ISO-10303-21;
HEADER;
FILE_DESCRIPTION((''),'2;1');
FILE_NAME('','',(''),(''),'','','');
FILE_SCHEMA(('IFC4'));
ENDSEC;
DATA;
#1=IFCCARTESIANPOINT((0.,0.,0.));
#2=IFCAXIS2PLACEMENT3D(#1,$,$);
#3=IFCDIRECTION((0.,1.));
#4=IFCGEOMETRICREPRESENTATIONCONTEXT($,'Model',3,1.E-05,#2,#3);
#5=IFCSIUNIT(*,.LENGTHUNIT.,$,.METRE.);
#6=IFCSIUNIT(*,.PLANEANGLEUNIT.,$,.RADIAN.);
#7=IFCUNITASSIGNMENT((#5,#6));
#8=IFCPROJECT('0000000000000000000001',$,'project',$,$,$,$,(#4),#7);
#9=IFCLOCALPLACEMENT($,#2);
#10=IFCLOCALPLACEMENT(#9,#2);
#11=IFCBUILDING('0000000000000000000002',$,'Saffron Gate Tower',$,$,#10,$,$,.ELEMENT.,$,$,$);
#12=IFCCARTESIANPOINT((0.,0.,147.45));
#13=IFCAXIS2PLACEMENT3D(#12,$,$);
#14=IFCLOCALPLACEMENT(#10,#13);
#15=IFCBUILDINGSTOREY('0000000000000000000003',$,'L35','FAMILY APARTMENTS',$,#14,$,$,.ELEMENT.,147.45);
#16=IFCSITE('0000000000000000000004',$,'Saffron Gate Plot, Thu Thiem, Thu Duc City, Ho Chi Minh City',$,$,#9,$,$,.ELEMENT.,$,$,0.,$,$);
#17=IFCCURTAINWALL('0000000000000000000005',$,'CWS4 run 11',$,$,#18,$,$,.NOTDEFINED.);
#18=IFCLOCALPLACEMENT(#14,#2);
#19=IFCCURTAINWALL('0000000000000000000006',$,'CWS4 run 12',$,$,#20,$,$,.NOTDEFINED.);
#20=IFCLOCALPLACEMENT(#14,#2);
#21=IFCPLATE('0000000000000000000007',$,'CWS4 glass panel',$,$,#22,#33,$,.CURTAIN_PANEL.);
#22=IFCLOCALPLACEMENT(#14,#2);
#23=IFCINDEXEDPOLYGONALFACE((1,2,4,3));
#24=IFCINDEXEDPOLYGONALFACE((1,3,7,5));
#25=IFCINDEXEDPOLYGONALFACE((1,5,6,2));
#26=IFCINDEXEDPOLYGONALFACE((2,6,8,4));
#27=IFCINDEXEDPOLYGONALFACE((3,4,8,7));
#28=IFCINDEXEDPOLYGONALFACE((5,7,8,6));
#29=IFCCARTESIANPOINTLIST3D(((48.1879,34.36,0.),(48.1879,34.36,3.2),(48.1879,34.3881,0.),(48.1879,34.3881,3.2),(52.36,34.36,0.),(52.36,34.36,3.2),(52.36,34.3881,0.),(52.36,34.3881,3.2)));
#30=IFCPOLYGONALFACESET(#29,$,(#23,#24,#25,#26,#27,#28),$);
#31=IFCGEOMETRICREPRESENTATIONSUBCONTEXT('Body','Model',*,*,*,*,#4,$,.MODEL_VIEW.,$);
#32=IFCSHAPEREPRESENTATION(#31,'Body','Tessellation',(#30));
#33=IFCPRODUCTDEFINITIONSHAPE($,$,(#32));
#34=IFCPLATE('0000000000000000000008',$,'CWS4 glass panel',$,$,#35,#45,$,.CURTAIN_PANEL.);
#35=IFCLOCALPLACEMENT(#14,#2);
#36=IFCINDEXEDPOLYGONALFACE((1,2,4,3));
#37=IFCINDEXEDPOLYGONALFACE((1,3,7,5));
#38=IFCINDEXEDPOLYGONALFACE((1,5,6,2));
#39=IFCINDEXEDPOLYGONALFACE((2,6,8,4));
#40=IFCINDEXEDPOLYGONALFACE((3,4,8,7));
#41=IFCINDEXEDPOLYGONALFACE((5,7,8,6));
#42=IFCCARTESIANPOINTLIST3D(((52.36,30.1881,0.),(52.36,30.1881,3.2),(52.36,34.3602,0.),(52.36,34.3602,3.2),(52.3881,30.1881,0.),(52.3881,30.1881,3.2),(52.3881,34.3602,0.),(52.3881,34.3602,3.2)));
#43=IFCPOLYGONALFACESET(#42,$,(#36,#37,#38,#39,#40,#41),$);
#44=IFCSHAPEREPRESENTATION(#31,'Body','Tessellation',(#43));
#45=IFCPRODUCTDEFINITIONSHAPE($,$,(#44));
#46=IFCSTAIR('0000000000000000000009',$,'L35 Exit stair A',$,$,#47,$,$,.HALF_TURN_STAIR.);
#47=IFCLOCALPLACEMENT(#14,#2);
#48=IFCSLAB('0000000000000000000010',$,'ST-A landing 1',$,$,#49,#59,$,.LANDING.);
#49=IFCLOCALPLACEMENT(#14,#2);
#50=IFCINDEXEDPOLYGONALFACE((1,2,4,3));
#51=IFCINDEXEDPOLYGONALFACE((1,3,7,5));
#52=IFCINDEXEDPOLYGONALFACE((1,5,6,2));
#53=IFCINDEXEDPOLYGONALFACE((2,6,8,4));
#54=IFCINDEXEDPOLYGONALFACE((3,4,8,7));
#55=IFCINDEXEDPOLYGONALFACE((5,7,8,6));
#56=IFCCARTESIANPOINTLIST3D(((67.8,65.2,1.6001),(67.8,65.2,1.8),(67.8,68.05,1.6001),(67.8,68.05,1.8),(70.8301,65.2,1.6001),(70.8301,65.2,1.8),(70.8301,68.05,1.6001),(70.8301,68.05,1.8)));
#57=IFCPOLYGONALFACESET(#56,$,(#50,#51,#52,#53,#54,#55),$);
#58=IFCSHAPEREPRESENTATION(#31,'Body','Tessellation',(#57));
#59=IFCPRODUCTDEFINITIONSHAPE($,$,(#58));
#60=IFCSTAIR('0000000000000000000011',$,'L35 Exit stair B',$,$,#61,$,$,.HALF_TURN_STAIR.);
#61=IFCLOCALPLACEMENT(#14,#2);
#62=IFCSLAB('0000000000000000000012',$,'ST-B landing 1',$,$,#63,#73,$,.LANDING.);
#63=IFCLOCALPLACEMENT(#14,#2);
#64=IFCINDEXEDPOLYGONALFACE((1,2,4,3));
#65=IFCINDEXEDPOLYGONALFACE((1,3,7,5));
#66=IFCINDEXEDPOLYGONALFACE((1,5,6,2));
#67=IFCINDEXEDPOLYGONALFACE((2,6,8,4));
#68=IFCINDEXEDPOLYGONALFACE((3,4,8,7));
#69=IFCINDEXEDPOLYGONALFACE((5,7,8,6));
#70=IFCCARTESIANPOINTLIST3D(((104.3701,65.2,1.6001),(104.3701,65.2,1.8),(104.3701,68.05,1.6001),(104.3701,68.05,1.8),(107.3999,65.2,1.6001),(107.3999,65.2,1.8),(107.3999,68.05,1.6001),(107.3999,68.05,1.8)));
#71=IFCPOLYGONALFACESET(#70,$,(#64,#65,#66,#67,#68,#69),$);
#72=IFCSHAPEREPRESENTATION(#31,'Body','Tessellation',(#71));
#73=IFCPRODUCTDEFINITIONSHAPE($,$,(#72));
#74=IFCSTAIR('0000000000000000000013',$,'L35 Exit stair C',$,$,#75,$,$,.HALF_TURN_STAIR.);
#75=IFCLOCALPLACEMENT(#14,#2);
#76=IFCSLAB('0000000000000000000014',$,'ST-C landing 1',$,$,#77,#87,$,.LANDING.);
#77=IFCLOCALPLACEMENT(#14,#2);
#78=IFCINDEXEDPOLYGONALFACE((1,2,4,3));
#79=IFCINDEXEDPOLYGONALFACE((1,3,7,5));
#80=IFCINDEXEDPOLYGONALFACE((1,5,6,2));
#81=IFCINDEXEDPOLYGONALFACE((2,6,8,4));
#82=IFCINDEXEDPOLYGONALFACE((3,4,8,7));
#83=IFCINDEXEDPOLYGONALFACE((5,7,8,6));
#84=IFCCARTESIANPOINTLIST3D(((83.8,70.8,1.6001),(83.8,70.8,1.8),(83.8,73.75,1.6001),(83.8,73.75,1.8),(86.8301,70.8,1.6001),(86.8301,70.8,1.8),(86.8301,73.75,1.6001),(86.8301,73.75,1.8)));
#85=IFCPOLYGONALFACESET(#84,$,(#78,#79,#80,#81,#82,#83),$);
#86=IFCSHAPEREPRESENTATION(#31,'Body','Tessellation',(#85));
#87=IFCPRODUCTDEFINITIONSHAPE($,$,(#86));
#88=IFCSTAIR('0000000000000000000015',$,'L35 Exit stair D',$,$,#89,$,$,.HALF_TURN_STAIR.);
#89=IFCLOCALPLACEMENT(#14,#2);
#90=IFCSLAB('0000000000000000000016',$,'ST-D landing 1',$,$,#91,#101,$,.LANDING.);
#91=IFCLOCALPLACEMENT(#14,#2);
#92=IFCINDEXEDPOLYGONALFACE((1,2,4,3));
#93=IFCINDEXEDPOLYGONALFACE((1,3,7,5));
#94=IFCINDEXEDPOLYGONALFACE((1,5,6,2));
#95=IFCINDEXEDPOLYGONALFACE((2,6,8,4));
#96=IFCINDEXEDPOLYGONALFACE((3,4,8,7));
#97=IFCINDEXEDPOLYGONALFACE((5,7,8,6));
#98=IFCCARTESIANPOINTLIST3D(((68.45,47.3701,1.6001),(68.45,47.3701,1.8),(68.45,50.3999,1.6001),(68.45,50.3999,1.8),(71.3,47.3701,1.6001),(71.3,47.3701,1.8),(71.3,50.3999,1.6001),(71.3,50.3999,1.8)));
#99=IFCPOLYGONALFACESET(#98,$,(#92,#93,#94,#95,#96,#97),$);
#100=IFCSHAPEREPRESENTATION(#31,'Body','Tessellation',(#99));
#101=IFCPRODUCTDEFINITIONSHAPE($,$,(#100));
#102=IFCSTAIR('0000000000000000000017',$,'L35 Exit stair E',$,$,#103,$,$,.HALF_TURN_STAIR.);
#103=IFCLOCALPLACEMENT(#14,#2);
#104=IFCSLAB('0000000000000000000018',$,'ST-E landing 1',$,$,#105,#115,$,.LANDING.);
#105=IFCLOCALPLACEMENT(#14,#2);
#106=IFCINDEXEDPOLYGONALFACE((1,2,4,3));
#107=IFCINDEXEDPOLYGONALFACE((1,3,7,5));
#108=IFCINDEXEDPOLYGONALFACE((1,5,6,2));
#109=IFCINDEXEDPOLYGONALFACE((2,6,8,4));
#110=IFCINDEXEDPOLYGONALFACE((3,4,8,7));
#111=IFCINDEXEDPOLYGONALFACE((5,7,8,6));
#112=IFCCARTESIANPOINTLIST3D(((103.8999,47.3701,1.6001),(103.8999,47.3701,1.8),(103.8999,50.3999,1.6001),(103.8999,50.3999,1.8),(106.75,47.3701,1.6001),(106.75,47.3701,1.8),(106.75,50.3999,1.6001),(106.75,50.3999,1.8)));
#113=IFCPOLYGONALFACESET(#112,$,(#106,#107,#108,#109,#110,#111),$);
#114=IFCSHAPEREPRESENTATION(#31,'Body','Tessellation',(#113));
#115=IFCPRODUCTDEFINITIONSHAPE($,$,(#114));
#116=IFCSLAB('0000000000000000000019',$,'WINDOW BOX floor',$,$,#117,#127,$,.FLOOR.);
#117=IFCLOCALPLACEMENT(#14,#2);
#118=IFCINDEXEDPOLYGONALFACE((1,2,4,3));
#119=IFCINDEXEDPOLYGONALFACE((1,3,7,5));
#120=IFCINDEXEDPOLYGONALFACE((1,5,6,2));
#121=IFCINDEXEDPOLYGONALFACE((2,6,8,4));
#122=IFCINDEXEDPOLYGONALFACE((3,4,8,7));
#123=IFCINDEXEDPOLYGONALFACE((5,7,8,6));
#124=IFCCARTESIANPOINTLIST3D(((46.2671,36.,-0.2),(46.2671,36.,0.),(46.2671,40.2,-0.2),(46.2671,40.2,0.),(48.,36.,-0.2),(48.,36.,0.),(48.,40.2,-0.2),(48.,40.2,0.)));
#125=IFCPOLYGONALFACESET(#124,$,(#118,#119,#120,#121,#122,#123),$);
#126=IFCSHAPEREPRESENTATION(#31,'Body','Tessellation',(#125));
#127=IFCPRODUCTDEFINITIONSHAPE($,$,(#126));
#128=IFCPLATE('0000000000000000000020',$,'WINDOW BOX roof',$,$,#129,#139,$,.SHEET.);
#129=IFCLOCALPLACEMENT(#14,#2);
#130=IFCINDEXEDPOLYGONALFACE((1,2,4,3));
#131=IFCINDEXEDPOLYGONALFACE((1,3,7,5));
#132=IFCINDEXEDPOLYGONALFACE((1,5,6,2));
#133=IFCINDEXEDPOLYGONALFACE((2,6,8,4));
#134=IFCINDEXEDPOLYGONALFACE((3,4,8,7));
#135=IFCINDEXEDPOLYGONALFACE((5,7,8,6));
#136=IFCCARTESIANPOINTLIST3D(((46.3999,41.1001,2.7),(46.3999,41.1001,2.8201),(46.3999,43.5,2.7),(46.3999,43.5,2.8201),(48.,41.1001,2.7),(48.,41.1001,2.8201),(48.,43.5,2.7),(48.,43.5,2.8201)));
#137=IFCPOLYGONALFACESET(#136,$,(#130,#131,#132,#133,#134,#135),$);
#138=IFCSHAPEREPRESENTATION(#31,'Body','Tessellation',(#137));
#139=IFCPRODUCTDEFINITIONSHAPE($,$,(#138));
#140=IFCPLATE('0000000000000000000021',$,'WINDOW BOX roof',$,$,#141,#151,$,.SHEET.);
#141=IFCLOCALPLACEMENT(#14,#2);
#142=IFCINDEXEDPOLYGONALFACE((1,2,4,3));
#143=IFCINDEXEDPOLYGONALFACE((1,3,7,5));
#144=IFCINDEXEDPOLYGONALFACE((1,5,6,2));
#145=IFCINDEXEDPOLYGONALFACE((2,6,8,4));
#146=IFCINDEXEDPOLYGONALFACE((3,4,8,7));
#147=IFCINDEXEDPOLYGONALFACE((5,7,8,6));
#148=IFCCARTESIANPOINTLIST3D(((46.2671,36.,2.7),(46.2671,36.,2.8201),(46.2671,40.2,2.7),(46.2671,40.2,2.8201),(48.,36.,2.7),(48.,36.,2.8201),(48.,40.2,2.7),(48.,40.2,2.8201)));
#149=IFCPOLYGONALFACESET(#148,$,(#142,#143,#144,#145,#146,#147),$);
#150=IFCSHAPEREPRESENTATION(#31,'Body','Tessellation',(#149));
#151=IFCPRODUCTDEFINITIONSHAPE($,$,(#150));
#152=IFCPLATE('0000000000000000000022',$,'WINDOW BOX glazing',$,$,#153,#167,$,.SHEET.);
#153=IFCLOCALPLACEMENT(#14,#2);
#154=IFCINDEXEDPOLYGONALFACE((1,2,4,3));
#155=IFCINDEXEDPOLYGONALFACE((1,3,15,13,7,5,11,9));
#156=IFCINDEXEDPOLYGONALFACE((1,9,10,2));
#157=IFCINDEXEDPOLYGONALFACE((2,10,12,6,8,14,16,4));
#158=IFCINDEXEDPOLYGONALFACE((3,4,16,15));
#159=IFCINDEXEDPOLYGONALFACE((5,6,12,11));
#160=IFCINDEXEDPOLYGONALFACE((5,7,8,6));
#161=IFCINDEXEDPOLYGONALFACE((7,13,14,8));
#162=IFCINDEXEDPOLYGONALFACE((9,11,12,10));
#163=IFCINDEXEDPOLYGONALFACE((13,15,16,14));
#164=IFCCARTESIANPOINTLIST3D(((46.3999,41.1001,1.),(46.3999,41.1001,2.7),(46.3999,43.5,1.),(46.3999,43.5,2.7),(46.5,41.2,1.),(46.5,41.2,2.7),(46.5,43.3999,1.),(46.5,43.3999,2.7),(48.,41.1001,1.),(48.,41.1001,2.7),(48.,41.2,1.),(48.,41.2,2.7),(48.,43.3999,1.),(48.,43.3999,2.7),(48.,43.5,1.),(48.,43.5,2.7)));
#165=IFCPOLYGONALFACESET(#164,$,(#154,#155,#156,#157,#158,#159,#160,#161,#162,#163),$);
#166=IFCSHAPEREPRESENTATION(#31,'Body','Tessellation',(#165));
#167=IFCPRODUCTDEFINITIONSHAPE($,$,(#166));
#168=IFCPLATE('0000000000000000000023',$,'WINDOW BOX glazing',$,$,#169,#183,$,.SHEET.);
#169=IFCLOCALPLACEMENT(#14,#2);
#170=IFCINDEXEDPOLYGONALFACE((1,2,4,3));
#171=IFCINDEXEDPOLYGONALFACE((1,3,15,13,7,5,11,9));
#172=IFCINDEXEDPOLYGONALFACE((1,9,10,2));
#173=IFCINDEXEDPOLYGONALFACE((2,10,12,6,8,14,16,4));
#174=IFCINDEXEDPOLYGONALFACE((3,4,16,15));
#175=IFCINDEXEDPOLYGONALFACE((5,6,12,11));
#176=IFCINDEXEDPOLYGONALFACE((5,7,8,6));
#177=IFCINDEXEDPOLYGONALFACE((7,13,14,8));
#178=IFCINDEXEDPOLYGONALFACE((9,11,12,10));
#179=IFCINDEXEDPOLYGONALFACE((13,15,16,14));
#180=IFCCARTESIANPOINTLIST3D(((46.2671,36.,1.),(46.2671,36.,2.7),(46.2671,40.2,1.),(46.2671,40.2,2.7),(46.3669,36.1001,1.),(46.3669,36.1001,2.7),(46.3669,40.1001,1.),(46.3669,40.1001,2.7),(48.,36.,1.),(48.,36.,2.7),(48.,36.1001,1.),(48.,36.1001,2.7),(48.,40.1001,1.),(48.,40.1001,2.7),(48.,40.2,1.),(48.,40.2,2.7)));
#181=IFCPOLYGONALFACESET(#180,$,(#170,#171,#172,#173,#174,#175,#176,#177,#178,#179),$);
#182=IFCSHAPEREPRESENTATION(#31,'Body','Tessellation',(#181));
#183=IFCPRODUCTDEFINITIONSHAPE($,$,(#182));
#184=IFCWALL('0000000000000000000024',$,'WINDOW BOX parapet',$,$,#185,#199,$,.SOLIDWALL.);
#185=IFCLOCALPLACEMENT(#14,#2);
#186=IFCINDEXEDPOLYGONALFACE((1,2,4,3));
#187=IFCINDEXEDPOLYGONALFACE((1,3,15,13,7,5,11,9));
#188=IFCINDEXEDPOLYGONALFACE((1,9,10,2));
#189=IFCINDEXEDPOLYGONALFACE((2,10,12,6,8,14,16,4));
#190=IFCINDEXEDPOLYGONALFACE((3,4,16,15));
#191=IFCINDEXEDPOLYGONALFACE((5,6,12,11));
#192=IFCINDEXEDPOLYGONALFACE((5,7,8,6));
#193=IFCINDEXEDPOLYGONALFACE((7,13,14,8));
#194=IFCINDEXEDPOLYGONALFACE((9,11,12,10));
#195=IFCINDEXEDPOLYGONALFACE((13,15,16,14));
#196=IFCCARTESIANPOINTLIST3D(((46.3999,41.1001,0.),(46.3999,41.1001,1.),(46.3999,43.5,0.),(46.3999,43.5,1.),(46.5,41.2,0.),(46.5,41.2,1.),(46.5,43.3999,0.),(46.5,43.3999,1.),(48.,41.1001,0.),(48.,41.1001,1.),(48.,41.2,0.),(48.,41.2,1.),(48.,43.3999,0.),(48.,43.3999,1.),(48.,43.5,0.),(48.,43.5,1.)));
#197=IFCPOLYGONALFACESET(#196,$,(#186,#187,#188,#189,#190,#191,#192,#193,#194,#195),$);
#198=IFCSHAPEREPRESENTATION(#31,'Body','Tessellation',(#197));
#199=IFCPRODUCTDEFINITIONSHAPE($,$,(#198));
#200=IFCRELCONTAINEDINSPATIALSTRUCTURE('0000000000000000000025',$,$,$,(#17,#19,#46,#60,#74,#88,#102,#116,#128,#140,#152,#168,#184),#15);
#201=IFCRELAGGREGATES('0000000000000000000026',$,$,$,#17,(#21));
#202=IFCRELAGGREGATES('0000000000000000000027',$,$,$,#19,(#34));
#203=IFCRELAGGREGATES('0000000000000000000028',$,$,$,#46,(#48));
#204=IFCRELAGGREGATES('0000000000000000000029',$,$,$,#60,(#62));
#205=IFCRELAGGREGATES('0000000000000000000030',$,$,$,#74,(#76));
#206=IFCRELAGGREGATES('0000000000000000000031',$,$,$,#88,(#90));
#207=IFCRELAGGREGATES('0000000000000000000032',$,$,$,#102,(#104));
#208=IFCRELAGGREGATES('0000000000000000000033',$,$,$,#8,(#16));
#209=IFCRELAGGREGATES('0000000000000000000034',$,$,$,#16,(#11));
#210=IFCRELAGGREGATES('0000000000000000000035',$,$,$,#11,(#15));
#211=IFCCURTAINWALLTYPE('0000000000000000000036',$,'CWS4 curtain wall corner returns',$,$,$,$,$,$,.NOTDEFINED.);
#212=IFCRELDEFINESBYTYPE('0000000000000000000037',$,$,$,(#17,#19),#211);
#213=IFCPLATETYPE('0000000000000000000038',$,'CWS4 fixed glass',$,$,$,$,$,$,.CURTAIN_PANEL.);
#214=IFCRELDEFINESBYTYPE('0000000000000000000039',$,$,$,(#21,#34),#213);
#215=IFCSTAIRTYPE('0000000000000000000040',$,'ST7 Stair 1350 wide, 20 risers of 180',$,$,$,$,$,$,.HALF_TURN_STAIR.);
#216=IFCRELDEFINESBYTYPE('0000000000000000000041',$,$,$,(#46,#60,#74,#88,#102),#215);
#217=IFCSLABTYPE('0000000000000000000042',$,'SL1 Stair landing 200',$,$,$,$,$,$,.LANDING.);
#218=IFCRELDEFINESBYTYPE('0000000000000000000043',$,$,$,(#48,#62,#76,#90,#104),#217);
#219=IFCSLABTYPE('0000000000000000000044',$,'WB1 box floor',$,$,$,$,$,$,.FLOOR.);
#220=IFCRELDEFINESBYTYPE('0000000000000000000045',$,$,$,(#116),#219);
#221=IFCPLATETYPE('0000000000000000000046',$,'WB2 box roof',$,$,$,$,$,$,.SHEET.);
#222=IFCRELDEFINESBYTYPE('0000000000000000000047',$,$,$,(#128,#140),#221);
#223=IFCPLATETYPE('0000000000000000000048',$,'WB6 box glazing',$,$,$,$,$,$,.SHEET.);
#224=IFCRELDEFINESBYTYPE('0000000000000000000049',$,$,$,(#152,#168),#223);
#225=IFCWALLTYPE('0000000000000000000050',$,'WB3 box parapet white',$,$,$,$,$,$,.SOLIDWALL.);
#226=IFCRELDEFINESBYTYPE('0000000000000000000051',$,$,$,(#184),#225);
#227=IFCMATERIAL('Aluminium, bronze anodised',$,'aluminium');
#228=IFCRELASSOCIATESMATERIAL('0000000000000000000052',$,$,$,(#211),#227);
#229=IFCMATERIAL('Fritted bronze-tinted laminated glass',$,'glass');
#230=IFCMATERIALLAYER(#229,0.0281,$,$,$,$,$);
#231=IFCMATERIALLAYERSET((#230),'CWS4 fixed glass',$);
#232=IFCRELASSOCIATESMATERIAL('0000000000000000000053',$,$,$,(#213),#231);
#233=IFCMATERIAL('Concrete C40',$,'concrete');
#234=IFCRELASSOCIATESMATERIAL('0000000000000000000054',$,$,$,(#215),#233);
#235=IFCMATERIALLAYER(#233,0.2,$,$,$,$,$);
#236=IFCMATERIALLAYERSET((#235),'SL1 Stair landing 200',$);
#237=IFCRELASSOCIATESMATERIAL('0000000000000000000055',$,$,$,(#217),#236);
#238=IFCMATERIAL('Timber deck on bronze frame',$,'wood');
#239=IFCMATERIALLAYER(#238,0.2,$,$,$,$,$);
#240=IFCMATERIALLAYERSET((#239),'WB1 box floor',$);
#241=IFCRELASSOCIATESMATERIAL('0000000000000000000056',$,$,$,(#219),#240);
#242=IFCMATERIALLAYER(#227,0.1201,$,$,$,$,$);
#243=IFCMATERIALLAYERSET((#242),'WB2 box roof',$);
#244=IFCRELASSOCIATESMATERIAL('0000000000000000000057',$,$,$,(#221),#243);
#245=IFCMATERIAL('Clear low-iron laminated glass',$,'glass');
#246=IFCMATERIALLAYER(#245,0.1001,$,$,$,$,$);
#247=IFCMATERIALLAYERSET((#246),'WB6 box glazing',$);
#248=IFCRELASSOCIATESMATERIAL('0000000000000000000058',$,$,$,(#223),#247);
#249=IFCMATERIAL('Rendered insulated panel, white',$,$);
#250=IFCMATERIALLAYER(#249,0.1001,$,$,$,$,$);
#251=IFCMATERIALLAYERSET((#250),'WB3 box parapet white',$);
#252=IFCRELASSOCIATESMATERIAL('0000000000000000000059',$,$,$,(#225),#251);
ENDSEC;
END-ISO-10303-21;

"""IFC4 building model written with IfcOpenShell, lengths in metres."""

from ifc_helpers import new_model, si_unit, direction, frame, frame_2d, origin, place, context, subcontext, project, spatial, polyline, rectangle, outline, extrude, material, layer, layer_set, type_object, element, aggregate, save


model = new_model("IFC4")

# Units and contexts
model_context = context("Model", 3, precision=1e-05, world=origin(), true_north=direction((0.0, 1.0)))
body_context = subcontext(model_context, "Body", "Model", "MODEL_VIEW")
ifc_project = project(units=[si_unit("LENGTHUNIT", "METRE"), si_unit("PLANEANGLEUNIT", "RADIAN")], contexts=[model_context])

# Site, building, storey
site_placement = place(None, origin())
site = spatial("IfcSite", under=ifc_project, at=site_placement, Name="Saffron Gate Plot, Thu Thiem, Thu Duc City, Ho Chi Minh City", CompositionType="ELEMENT", RefElevation=0.0)
building_placement = place(site_placement, origin())
building = spatial("IfcBuilding", under=site, at=building_placement, Name="Saffron Gate Tower", CompositionType="ELEMENT")
storey_placement = place(building_placement, frame((0.0, 0.0, 147.45)))
storey = spatial("IfcBuildingStorey", under=building, at=storey_placement, Name="L35", Description="FAMILY APARTMENTS", CompositionType="ELEMENT", Elevation=147.45)

# Shared definitions
ifc_material_1 = material(Name="Aluminium, bronze anodised", Category="aluminium")

# Curtain walls
curtain_wall_type_1 = type_object("IfcCurtainWallType", Name="CWS4 curtain wall corner returns", PredefinedType="NOTDEFINED", material=ifc_material_1)
curtain_wall_1_placement = place(storey_placement, origin())
curtain_wall_1 = element("IfcCurtainWall", 1, at=curtain_wall_1_placement, inside=storey, type_object=curtain_wall_type_1, Name="CWS4 run 11", PredefinedType="NOTDEFINED")
curtain_wall_2_placement = place(storey_placement, origin())
curtain_wall_2 = element("IfcCurtainWall", 2, at=curtain_wall_2_placement, inside=storey, type_object=curtain_wall_type_1, Name="CWS4 run 12", PredefinedType="NOTDEFINED")

# Shared definitions
ifc_material_2 = material(Name="Fritted bronze-tinted laminated glass", Category="glass")

# Plates
ifc_layer_1 = layer(ifc_material_2, 0.0281)
ifc_layer_set_1 = layer_set([ifc_layer_1], Name="CWS4 fixed glass")
plate_type_1 = type_object("IfcPlateType", Name="CWS4 fixed glass", PredefinedType="CURTAIN_PANEL", material=ifc_layer_set_1)
plate_1_placement = place(storey_placement, frame((48.188, 34.374, 0.0), z_axis=(0.0, 0.0, 1.0), x_axis=(1.0, 0.0, 0.0)))
plate_1 = element("IfcPlate", 3, at=plate_1_placement, type_object=plate_type_1, Name="CWS4 glass panel", PredefinedType="CURTAIN_PANEL", context=body_context, shape_type="SweptSolid", body=[
    extrude(rectangle(XDim=4.1721, YDim=0.0281, at=frame_2d((2.0859, 0.0))), origin(), (0.0, 0.0, 1.0), 3.2),
])
aggregate(curtain_wall_1, [plate_1])
plate_2_placement = place(storey_placement, frame((52.374, 34.3601, 0.0), z_axis=(0.0, 0.0, 1.0), x_axis=(0.0, -1.0, 0.0)))
plate_2 = element("IfcPlate", 4, at=plate_2_placement, type_object=plate_type_1, Name="CWS4 glass panel", PredefinedType="CURTAIN_PANEL", context=body_context, shape_type="SweptSolid", body=[
    extrude(rectangle(XDim=4.1721, YDim=0.0281, at=frame_2d((2.0859, 0.0))), origin(), (0.0, 0.0, 1.0), 3.2),
])
aggregate(curtain_wall_2, [plate_2])

# Stairs, slabs
ifc_material_3 = material(Name="Concrete C40", Category="concrete")
stair_type = type_object("IfcStairType", Name="ST7 Stair 1350 wide, 20 risers of 180", PredefinedType="HALF_TURN_STAIR", material=ifc_material_3)
stair_1_placement = place(storey_placement, origin())
stair_1 = element("IfcStair", 5, at=stair_1_placement, inside=storey, type_object=stair_type, Name="L35 Exit stair A", PredefinedType="HALF_TURN_STAIR")
ifc_layer_2 = layer(ifc_material_3, 0.2)
ifc_layer_set_2 = layer_set([ifc_layer_2], Name="SL1 Stair landing 200")
slab_type_1 = type_object("IfcSlabType", Name="SL1 Stair landing 200", PredefinedType="LANDING", material=ifc_layer_set_2)
slab_1_placement = place(storey_placement, frame((0.0, 0.0, 1.6001)))
slab_1 = element("IfcSlab", 6, at=slab_1_placement, type_object=slab_type_1, Name="ST-A landing 1", PredefinedType="LANDING", context=body_context, shape_type="SweptSolid", body=[
    extrude(outline(polyline([(70.8301, 68.05), (67.8, 68.05), (67.8, 65.2), (70.8301, 65.2), (70.8301, 68.05)])), origin(), (0.0, 0.0, 1.0), 0.2),
])
aggregate(stair_1, [slab_1])
stair_2_placement = place(storey_placement, origin())
stair_2 = element("IfcStair", 7, at=stair_2_placement, inside=storey, type_object=stair_type, Name="L35 Exit stair B", PredefinedType="HALF_TURN_STAIR")
slab_2_placement = place(storey_placement, frame((0.0, 0.0, 1.6001)))
slab_2 = element("IfcSlab", 8, at=slab_2_placement, type_object=slab_type_1, Name="ST-B landing 1", PredefinedType="LANDING", context=body_context, shape_type="SweptSolid", body=[
    extrude(outline(polyline([(104.3701, 65.2), (107.3999, 65.2), (107.3999, 68.05), (104.3701, 68.05), (104.3701, 65.2)])), origin(), (0.0, 0.0, 1.0), 0.2),
])
aggregate(stair_2, [slab_2])
stair_3_placement = place(storey_placement, origin())
stair_3 = element("IfcStair", 9, at=stair_3_placement, inside=storey, type_object=stair_type, Name="L35 Exit stair C", PredefinedType="HALF_TURN_STAIR")
slab_3_placement = place(storey_placement, frame((0.0, 0.0, 1.6001)))
slab_3 = element("IfcSlab", 10, at=slab_3_placement, type_object=slab_type_1, Name="ST-C landing 1", PredefinedType="LANDING", context=body_context, shape_type="SweptSolid", body=[
    extrude(outline(polyline([(86.8301, 73.75), (83.8, 73.75), (83.8, 70.8), (86.8301, 70.8), (86.8301, 73.75)])), origin(), (0.0, 0.0, 1.0), 0.2),
])
aggregate(stair_3, [slab_3])
stair_4_placement = place(storey_placement, origin())
stair_4 = element("IfcStair", 11, at=stair_4_placement, inside=storey, type_object=stair_type, Name="L35 Exit stair D", PredefinedType="HALF_TURN_STAIR")
slab_4_placement = place(storey_placement, frame((0.0, 0.0, 1.6001)))
slab_4 = element("IfcSlab", 12, at=slab_4_placement, type_object=slab_type_1, Name="ST-D landing 1", PredefinedType="LANDING", context=body_context, shape_type="SweptSolid", body=[
    extrude(outline(polyline([(71.3, 47.3701), (71.3, 50.3999), (68.45, 50.3999), (68.45, 47.3701), (71.3, 47.3701)])), origin(), (0.0, 0.0, 1.0), 0.2),
])
aggregate(stair_4, [slab_4])
stair_5_placement = place(storey_placement, origin())
stair_5 = element("IfcStair", 13, at=stair_5_placement, inside=storey, type_object=stair_type, Name="L35 Exit stair E", PredefinedType="HALF_TURN_STAIR")
slab_5_placement = place(storey_placement, frame((0.0, 0.0, 1.6001)))
slab_5 = element("IfcSlab", 14, at=slab_5_placement, type_object=slab_type_1, Name="ST-E landing 1", PredefinedType="LANDING", context=body_context, shape_type="SweptSolid", body=[
    extrude(outline(polyline([(106.75, 47.3701), (106.75, 50.3999), (103.8999, 50.3999), (103.8999, 47.3701), (106.75, 47.3701)])), origin(), (0.0, 0.0, 1.0), 0.2),
])
aggregate(stair_5, [slab_5])

# Slab
ifc_material_4 = material(Name="Timber deck on bronze frame", Category="wood")
ifc_layer_3 = layer(ifc_material_4, 0.2)
ifc_layer_set_3 = layer_set([ifc_layer_3], Name="WB1 box floor")
slab_type_2 = type_object("IfcSlabType", Name="WB1 box floor", PredefinedType="FLOOR", material=ifc_layer_set_3)
slab_6_placement = place(storey_placement, frame((0.0, 0.0, -0.2)))
element("IfcSlab", 15, at=slab_6_placement, inside=storey, type_object=slab_type_2, Name="WINDOW BOX floor", PredefinedType="FLOOR", context=body_context, shape_type="SweptSolid", body=[
    extrude(outline(polyline([(48.0, 40.2), (48.0, 36.0), (46.2671, 36.0), (46.2671, 40.2), (48.0, 40.2)])), origin(), (0.0, 0.0, 1.0), 0.2),
])

# Plates
ifc_layer_4 = layer(ifc_material_1, 0.1201)
ifc_layer_set_4 = layer_set([ifc_layer_4], Name="WB2 box roof")
plate_type_2 = type_object("IfcPlateType", Name="WB2 box roof", PredefinedType="SHEET", material=ifc_layer_set_4)
plate_3_placement = place(storey_placement, frame((0.0, 0.0, 2.7)))
element("IfcPlate", 16, at=plate_3_placement, inside=storey, type_object=plate_type_2, Name="WINDOW BOX roof", PredefinedType="SHEET", context=body_context, shape_type="SweptSolid", body=[
    extrude(outline(polyline([(48.0, 43.5), (48.0, 41.1001), (46.3999, 41.1001), (46.3999, 43.5), (48.0, 43.5)])), origin(), (0.0, 0.0, 1.0), 0.1201),
])
plate_4_placement = place(storey_placement, frame((0.0, 0.0, 2.7)))
element("IfcPlate", 17, at=plate_4_placement, inside=storey, type_object=plate_type_2, Name="WINDOW BOX roof", PredefinedType="SHEET", context=body_context, shape_type="SweptSolid", body=[
    extrude(outline(polyline([(48.0, 40.2), (48.0, 36.0), (46.2671, 36.0), (46.2671, 40.2), (48.0, 40.2)])), origin(), (0.0, 0.0, 1.0), 0.1201),
])
ifc_material_5 = material(Name="Clear low-iron laminated glass", Category="glass")
ifc_layer_5 = layer(ifc_material_5, 0.1001)
ifc_layer_set_5 = layer_set([ifc_layer_5], Name="WB6 box glazing")
plate_type_3 = type_object("IfcPlateType", Name="WB6 box glazing", PredefinedType="SHEET", material=ifc_layer_set_5)
plate_5_placement = place(storey_placement, frame((0.0, 0.0, 1.0)))
element("IfcPlate", 18, at=plate_5_placement, inside=storey, type_object=plate_type_3, Name="WINDOW BOX glazing", PredefinedType="SHEET", context=body_context, shape_type="SweptSolid", body=[
    extrude(outline(polyline([(48.0, 43.5), (48.0, 43.3999), (46.5, 43.3999), (46.5, 41.2), (48.0, 41.2), (48.0, 41.1001), (46.3999, 41.1001), (46.3999, 43.5), (48.0, 43.5)])), origin(), (0.0, 0.0, 1.0), 1.7),
])
plate_6_placement = place(storey_placement, frame((0.0, 0.0, 1.0)))
element("IfcPlate", 19, at=plate_6_placement, inside=storey, type_object=plate_type_3, Name="WINDOW BOX glazing", PredefinedType="SHEET", context=body_context, shape_type="SweptSolid", body=[
    extrude(outline(polyline([(48.0, 40.2), (48.0, 40.1001), (46.3669, 40.1001), (46.3669, 36.1001), (48.0, 36.1001), (48.0, 36.0), (46.2671, 36.0), (46.2671, 40.2), (48.0, 40.2)])), origin(), (0.0, 0.0, 1.0), 1.7),
])

# Wall
ifc_material_6 = material(Name="Rendered insulated panel, white")
ifc_layer_6 = layer(ifc_material_6, 0.1001)
ifc_layer_set_6 = layer_set([ifc_layer_6], Name="WB3 box parapet white")
wall_type = type_object("IfcWallType", Name="WB3 box parapet white", PredefinedType="SOLIDWALL", material=ifc_layer_set_6)
wall_1_placement = place(storey_placement, origin())
element("IfcWall", 20, at=wall_1_placement, inside=storey, type_object=wall_type, Name="WINDOW BOX parapet", PredefinedType="SOLIDWALL", context=body_context, shape_type="SweptSolid", body=[
    extrude(outline(polyline([(48.0, 43.5), (48.0, 43.3999), (46.5, 43.3999), (46.5, 41.2), (48.0, 41.2), (48.0, 41.1001), (46.3999, 41.1001), (46.3999, 43.5), (48.0, 43.5)])), origin(), (0.0, 0.0, 1.0), 1.0),
])

save(model, "model.ifc")
